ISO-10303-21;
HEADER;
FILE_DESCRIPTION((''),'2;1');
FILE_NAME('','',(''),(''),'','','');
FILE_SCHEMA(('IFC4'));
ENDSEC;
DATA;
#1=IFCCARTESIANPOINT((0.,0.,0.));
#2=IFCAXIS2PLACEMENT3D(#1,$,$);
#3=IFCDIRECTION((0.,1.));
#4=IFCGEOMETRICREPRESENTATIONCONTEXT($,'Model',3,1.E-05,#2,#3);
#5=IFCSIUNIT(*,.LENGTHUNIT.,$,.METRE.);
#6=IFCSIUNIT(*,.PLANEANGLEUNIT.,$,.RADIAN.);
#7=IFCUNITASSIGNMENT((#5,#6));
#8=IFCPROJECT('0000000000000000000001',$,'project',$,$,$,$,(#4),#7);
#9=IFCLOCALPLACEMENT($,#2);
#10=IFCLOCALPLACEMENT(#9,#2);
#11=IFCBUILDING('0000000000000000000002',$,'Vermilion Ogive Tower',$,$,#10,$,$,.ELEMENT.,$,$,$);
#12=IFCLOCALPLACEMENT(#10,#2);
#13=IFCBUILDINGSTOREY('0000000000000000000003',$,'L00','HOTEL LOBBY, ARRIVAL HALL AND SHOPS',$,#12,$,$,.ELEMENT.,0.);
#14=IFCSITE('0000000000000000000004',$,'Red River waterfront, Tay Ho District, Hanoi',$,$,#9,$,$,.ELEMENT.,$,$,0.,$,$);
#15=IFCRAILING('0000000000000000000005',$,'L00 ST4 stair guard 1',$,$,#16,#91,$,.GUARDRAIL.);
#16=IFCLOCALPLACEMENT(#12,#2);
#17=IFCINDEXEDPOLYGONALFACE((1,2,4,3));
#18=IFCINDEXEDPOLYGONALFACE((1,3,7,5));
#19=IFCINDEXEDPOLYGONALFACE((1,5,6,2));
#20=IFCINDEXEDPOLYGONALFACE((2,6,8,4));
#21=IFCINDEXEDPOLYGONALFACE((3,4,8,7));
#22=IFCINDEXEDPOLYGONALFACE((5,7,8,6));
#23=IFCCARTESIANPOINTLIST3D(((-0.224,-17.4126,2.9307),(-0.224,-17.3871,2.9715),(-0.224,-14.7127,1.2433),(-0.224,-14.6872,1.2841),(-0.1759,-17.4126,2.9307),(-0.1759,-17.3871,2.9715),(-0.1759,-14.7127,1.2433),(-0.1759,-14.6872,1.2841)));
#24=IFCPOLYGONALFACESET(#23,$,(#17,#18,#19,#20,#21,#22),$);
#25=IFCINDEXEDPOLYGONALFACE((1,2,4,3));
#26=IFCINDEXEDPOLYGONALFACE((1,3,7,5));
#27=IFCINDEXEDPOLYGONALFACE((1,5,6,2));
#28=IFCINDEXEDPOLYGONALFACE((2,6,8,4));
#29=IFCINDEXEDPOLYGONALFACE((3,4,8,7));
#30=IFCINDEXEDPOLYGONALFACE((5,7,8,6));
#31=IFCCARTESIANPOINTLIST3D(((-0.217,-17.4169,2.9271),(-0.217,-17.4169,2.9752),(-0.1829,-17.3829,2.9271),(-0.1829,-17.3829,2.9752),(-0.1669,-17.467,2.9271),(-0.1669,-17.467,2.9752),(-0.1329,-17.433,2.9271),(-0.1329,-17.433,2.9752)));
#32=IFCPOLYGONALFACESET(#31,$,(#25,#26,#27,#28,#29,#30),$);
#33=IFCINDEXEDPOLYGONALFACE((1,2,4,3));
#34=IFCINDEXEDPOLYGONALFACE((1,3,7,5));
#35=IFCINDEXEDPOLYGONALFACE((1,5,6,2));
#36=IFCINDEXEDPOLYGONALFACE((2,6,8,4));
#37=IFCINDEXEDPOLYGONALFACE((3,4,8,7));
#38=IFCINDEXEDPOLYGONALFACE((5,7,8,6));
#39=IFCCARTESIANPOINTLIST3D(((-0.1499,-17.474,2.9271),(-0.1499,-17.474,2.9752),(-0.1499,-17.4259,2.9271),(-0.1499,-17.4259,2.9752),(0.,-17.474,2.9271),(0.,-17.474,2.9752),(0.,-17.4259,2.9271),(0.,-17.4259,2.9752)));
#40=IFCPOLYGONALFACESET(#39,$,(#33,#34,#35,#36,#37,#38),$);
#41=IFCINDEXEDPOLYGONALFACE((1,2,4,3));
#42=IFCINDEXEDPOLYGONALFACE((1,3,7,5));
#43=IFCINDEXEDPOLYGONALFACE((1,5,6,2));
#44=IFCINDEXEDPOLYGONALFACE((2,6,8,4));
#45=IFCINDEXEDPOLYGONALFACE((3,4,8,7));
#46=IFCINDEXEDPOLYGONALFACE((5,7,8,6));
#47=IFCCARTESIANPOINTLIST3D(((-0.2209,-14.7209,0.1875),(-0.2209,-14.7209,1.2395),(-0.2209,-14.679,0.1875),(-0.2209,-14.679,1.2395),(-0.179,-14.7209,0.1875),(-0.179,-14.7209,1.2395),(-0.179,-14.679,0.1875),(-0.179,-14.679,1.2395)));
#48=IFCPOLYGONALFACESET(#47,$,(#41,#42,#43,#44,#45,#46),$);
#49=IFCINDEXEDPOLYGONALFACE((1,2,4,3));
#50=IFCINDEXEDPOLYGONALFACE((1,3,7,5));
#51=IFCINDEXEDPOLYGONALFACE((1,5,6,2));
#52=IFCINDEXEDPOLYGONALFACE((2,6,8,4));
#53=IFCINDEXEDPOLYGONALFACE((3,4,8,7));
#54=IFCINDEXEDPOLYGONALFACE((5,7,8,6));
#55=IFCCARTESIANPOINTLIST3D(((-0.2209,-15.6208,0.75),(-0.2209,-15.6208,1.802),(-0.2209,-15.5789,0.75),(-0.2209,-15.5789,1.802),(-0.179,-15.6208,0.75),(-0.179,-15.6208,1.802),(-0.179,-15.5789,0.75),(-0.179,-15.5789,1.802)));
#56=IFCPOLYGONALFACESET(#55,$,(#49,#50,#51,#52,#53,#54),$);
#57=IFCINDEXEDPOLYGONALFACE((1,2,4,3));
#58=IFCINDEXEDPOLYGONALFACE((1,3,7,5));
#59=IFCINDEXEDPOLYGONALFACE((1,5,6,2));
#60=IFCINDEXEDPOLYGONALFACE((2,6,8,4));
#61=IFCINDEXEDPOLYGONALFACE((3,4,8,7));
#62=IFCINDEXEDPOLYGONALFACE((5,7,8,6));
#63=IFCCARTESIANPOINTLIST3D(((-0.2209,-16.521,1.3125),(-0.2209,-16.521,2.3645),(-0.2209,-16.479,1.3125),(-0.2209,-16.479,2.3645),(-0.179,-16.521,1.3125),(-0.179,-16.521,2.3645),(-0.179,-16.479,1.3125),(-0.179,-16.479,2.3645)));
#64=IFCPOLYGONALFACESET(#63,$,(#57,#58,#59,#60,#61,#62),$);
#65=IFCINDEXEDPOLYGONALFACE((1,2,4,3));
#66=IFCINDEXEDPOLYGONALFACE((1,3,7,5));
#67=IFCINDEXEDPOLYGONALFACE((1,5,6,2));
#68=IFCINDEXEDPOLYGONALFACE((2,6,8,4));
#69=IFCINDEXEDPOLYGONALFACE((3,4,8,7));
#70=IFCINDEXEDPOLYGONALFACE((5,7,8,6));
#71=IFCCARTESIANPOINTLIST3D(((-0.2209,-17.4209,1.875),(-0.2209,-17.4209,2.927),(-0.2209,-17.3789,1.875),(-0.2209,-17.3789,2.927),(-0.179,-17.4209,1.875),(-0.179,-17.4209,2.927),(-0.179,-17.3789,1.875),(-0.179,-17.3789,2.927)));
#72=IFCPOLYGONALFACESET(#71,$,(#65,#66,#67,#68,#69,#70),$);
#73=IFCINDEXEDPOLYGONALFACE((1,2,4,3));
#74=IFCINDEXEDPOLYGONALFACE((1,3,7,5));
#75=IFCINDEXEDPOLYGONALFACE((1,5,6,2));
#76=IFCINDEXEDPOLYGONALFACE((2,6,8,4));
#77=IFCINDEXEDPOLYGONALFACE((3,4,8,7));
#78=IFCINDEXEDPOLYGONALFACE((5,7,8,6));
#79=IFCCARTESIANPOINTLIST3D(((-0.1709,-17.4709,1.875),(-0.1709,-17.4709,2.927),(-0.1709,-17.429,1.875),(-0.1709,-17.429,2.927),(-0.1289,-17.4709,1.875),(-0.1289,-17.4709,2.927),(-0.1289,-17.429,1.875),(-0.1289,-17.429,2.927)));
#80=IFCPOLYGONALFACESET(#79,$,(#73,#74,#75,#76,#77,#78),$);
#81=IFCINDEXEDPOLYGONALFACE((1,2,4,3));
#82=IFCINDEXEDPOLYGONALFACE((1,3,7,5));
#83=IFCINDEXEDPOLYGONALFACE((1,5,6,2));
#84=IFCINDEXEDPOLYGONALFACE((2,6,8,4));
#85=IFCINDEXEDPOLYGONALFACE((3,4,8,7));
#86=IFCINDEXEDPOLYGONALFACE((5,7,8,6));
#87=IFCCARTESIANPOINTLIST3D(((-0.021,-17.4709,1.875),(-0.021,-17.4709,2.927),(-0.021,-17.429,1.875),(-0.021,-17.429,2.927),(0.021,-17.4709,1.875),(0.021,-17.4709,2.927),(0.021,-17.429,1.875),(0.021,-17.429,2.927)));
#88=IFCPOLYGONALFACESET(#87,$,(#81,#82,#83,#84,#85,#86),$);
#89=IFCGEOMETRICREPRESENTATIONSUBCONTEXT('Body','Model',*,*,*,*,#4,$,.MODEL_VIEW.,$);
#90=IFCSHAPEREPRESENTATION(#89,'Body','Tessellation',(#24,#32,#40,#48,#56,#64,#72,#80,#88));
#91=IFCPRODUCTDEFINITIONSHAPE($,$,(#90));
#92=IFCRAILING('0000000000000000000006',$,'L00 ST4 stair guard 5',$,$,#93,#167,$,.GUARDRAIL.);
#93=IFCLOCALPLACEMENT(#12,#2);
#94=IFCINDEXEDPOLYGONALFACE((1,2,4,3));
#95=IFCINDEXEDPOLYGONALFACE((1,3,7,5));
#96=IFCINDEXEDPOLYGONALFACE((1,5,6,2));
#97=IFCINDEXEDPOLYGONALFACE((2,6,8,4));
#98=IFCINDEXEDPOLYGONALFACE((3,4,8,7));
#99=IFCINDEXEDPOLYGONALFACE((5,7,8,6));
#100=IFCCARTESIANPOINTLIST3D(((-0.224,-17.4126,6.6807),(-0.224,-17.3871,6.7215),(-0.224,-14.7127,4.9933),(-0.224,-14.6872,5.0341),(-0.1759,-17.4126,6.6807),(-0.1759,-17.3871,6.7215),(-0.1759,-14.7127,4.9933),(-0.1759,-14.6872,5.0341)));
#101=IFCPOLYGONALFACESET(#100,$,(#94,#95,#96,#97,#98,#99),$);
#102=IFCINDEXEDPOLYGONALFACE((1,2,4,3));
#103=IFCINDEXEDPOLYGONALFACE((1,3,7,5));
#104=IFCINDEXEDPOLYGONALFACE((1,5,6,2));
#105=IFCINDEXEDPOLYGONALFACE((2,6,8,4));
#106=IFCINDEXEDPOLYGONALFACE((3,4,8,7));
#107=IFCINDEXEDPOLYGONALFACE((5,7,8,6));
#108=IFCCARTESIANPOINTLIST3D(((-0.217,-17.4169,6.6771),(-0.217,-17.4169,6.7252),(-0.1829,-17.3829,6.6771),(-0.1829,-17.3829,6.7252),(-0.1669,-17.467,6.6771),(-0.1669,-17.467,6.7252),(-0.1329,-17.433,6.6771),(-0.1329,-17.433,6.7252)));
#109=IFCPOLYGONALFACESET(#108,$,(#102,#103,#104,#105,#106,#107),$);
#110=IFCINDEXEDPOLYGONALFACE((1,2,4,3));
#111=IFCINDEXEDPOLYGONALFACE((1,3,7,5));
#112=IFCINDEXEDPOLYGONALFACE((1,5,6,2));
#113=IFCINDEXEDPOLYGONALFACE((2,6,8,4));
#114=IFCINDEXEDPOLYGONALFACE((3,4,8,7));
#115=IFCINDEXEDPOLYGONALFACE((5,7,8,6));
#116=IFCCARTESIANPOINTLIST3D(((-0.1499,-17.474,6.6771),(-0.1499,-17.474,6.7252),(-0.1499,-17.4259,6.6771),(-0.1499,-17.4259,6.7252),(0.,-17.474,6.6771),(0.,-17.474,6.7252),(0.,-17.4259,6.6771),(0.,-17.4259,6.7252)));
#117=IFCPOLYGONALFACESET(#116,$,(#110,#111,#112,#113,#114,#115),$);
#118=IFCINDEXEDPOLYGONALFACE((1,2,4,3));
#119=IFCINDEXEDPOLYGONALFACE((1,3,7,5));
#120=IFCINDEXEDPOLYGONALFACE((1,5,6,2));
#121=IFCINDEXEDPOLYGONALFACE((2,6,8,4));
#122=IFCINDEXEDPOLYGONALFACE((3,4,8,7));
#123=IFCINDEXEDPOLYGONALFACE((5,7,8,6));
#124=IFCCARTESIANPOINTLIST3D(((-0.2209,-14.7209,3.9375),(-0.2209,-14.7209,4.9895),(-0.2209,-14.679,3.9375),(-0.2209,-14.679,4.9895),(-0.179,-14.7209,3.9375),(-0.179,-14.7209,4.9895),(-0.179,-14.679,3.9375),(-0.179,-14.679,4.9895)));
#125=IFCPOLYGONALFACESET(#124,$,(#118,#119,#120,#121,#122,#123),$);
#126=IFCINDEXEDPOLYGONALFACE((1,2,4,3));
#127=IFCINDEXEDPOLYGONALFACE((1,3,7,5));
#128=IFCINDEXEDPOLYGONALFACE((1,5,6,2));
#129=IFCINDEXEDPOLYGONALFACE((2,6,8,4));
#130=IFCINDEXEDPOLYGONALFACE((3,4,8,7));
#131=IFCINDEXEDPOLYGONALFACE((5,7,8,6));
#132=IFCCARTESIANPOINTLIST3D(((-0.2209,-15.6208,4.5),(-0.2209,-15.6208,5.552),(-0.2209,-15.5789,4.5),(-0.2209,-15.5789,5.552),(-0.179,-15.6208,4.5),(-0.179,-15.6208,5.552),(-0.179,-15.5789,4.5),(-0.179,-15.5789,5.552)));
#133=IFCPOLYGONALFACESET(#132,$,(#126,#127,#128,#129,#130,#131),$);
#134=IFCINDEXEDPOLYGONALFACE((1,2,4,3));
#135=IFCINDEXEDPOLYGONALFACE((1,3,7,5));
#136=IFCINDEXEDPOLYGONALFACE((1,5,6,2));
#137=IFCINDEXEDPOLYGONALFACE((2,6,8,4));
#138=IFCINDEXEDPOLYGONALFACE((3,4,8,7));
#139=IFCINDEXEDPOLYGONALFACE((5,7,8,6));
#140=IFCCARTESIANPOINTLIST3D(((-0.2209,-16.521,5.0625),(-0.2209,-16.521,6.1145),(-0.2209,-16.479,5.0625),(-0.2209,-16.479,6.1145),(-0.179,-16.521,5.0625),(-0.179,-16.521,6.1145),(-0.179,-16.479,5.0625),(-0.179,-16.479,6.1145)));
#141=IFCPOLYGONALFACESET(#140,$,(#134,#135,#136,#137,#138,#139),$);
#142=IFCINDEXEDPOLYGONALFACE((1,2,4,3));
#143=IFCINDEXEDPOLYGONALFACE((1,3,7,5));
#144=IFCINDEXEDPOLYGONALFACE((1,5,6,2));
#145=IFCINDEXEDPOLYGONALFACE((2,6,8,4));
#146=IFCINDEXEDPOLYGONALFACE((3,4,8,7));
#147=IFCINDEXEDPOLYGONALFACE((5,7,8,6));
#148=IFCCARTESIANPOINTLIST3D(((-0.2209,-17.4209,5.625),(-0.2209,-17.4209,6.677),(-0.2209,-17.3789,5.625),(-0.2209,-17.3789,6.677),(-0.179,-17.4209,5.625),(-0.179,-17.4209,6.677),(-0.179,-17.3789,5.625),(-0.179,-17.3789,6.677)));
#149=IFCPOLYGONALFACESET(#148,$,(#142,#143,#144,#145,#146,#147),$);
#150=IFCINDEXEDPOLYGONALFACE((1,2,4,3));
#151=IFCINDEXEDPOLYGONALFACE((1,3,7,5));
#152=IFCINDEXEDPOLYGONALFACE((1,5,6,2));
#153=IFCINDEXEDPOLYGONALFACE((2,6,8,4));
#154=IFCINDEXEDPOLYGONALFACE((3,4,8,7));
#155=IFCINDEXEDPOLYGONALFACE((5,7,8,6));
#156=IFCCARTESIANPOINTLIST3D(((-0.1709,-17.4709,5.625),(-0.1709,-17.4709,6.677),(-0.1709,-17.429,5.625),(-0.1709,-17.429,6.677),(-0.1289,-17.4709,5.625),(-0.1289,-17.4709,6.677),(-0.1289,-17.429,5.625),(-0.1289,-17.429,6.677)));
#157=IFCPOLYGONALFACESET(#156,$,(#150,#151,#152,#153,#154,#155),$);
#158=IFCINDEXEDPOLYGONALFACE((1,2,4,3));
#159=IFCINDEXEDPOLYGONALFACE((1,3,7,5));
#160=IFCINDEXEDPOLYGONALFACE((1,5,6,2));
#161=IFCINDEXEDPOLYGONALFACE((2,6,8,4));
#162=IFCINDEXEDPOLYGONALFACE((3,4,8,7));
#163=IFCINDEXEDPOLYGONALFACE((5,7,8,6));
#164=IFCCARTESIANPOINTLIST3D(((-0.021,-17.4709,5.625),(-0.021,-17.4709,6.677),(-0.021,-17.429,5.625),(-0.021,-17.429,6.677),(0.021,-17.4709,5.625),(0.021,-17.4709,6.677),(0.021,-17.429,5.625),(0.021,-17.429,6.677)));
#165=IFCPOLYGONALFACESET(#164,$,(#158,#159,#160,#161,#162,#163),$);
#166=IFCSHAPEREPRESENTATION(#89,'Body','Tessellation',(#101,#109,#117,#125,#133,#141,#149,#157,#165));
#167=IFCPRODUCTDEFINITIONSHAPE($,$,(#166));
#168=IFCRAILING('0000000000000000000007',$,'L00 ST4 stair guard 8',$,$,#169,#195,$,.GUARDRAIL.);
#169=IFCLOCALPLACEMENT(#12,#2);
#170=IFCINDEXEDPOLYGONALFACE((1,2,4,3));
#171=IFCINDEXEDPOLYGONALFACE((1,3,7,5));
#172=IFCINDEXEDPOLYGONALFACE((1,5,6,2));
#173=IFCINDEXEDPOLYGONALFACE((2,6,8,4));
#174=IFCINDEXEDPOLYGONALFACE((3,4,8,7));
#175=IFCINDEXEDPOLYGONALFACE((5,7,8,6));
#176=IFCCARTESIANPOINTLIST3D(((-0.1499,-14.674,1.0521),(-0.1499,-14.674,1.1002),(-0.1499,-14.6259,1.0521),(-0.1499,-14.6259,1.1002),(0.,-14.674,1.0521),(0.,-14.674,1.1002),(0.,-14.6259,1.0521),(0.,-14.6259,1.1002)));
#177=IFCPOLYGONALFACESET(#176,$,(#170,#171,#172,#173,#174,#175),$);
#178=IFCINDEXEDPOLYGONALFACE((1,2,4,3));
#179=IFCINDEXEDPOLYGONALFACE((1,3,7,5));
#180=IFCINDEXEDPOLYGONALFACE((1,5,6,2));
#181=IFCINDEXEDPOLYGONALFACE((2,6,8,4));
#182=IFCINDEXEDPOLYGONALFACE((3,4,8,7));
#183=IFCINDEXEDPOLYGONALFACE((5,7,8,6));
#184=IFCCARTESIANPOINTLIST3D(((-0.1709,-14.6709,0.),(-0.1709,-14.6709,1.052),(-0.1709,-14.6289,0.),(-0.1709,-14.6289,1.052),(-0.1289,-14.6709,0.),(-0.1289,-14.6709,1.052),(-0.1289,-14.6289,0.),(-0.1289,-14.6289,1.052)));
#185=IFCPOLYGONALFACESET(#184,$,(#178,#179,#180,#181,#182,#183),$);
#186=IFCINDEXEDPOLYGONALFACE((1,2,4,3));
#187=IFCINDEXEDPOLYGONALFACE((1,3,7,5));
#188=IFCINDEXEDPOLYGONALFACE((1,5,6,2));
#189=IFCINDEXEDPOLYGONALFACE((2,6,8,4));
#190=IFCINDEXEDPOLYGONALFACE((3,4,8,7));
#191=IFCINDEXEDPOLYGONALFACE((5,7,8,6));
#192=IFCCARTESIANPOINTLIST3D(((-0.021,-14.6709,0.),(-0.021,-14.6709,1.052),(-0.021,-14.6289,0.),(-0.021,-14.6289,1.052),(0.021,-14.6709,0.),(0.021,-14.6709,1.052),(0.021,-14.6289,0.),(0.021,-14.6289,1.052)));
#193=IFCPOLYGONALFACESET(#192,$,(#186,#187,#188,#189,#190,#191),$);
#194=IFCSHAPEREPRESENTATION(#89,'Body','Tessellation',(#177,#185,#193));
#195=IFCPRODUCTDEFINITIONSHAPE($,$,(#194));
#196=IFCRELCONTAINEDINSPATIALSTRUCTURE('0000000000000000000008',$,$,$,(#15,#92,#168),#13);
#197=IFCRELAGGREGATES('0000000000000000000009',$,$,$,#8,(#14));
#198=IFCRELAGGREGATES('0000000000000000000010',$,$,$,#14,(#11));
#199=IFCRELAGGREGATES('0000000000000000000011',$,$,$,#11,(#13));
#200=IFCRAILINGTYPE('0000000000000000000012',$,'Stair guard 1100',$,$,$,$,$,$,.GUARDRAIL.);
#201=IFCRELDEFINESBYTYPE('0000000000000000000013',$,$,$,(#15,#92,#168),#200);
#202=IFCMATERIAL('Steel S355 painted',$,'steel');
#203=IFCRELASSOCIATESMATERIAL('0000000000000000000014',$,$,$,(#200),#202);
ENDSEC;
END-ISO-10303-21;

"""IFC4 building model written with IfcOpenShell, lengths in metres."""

from ifc_helpers import new_model, si_unit, direction, frame, origin, origin_2d, place, context, subcontext, project, spatial, rectangle, extrude, material, type_object, element, save


model = new_model("IFC4")

# Units and contexts
model_context = context("Model", 3, precision=1e-05, world=origin(), true_north=direction((0.0, 1.0)))
body_context = subcontext(model_context, "Body", "Model", "MODEL_VIEW")
ifc_project = project(units=[si_unit("LENGTHUNIT", "METRE"), si_unit("PLANEANGLEUNIT", "RADIAN")], contexts=[model_context])

# Site, building, storey
site_placement = place(None, origin())
site = spatial("IfcSite", under=ifc_project, at=site_placement, Name="Red River waterfront, Tay Ho District, Hanoi", CompositionType="ELEMENT", RefElevation=0.0)
building_placement = place(site_placement, origin())
building = spatial("IfcBuilding", under=site, at=building_placement, Name="Vermilion Ogive Tower", CompositionType="ELEMENT")
storey_placement = place(building_placement, origin())
storey = spatial("IfcBuildingStorey", under=building, at=storey_placement, Name="L00", Description="HOTEL LOBBY, ARRIVAL HALL AND SHOPS", CompositionType="ELEMENT", Elevation=0.0)

# Railings
ifc_material_1 = material(Name="Steel S355 painted", Category="steel")
railing_type = type_object("IfcRailingType", Name="Stair guard 1100", PredefinedType="GUARDRAIL", material=ifc_material_1)
for number, where, name in (
    (1, (-0.2, -14.7, 0.1875), "L00 ST4 stair guard 1"),
    (2, (-0.2, -14.7, 3.9375), "L00 ST4 stair guard 5"),
):
    element("IfcRailing", number, at=place(storey_placement, frame(where)), inside=storey, type_object=railing_type, Name=name, PredefinedType="GUARDRAIL", context=body_context, shape_type="SweptSolid", body=[
        extrude(rectangle(XDim=0.0481, YDim=0.0481, at=origin_2d()), frame((0.0, 0.0, 1.0762), z_axis=(0.0, -0.847994, 0.530006), x_axis=(1.0, 0.0, 0.0)), (0.0, 0.0, 1.0), 3.1838),
        extrude(rectangle(XDim=0.0481, YDim=0.0481, at=origin_2d()), frame((0.0, -2.7, 2.7637), z_axis=(0.707107, -0.707107, 0.0), x_axis=(0.707107, 0.707107, 0.0)), (0.0, 0.0, 1.0), 0.0708),
        extrude(rectangle(XDim=0.0481, YDim=0.0481, at=origin_2d()), frame((0.05, -2.75, 2.7637), z_axis=(1.0, 0.0, 0.0), x_axis=(0.0, 1.0, 0.0)), (0.0, 0.0, 1.0), 0.1499),
        extrude(rectangle(XDim=0.042, YDim=0.042, at=origin_2d()), origin(), (0.0, 0.0, 1.0), 1.052),
        extrude(rectangle(XDim=0.042, YDim=0.042, at=origin_2d()), frame((0.0, -0.8999, 0.5625)), (0.0, 0.0, 1.0), 1.052),
        extrude(rectangle(XDim=0.042, YDim=0.042, at=origin_2d()), frame((0.0, -1.8, 1.125)), (0.0, 0.0, 1.0), 1.052),
        extrude(rectangle(XDim=0.042, YDim=0.042, at=origin_2d()), frame((0.0, -2.7, 1.6875)), (0.0, 0.0, 1.0), 1.052),
        extrude(rectangle(XDim=0.042, YDim=0.042, at=origin_2d()), frame((0.05, -2.75, 1.6875)), (0.0, 0.0, 1.0), 1.052),
        extrude(rectangle(XDim=0.042, YDim=0.042, at=origin_2d()), frame((0.2, -2.75, 1.6875)), (0.0, 0.0, 1.0), 1.052),
    ])
railing_placement = place(storey_placement, frame((-0.1499, -14.6499, 0.0)))
element("IfcRailing", 3, at=railing_placement, inside=storey, type_object=railing_type, Name="L00 ST4 stair guard 8", PredefinedType="GUARDRAIL", context=body_context, shape_type="SweptSolid", body=[
    extrude(rectangle(XDim=0.0481, YDim=0.0481, at=origin_2d()), frame((0.0, 0.0, 1.0762), z_axis=(1.0, 0.0, 0.0), x_axis=(0.0, 1.0, 0.0)), (0.0, 0.0, 1.0), 0.1499),
    extrude(rectangle(XDim=0.042, YDim=0.042, at=origin_2d()), origin(), (0.0, 0.0, 1.0), 1.052),
    extrude(rectangle(XDim=0.042, YDim=0.042, at=origin_2d()), frame((0.1499, 0.0, 0.0)), (0.0, 0.0, 1.0), 1.052),
])

save(model, "model.ifc")
